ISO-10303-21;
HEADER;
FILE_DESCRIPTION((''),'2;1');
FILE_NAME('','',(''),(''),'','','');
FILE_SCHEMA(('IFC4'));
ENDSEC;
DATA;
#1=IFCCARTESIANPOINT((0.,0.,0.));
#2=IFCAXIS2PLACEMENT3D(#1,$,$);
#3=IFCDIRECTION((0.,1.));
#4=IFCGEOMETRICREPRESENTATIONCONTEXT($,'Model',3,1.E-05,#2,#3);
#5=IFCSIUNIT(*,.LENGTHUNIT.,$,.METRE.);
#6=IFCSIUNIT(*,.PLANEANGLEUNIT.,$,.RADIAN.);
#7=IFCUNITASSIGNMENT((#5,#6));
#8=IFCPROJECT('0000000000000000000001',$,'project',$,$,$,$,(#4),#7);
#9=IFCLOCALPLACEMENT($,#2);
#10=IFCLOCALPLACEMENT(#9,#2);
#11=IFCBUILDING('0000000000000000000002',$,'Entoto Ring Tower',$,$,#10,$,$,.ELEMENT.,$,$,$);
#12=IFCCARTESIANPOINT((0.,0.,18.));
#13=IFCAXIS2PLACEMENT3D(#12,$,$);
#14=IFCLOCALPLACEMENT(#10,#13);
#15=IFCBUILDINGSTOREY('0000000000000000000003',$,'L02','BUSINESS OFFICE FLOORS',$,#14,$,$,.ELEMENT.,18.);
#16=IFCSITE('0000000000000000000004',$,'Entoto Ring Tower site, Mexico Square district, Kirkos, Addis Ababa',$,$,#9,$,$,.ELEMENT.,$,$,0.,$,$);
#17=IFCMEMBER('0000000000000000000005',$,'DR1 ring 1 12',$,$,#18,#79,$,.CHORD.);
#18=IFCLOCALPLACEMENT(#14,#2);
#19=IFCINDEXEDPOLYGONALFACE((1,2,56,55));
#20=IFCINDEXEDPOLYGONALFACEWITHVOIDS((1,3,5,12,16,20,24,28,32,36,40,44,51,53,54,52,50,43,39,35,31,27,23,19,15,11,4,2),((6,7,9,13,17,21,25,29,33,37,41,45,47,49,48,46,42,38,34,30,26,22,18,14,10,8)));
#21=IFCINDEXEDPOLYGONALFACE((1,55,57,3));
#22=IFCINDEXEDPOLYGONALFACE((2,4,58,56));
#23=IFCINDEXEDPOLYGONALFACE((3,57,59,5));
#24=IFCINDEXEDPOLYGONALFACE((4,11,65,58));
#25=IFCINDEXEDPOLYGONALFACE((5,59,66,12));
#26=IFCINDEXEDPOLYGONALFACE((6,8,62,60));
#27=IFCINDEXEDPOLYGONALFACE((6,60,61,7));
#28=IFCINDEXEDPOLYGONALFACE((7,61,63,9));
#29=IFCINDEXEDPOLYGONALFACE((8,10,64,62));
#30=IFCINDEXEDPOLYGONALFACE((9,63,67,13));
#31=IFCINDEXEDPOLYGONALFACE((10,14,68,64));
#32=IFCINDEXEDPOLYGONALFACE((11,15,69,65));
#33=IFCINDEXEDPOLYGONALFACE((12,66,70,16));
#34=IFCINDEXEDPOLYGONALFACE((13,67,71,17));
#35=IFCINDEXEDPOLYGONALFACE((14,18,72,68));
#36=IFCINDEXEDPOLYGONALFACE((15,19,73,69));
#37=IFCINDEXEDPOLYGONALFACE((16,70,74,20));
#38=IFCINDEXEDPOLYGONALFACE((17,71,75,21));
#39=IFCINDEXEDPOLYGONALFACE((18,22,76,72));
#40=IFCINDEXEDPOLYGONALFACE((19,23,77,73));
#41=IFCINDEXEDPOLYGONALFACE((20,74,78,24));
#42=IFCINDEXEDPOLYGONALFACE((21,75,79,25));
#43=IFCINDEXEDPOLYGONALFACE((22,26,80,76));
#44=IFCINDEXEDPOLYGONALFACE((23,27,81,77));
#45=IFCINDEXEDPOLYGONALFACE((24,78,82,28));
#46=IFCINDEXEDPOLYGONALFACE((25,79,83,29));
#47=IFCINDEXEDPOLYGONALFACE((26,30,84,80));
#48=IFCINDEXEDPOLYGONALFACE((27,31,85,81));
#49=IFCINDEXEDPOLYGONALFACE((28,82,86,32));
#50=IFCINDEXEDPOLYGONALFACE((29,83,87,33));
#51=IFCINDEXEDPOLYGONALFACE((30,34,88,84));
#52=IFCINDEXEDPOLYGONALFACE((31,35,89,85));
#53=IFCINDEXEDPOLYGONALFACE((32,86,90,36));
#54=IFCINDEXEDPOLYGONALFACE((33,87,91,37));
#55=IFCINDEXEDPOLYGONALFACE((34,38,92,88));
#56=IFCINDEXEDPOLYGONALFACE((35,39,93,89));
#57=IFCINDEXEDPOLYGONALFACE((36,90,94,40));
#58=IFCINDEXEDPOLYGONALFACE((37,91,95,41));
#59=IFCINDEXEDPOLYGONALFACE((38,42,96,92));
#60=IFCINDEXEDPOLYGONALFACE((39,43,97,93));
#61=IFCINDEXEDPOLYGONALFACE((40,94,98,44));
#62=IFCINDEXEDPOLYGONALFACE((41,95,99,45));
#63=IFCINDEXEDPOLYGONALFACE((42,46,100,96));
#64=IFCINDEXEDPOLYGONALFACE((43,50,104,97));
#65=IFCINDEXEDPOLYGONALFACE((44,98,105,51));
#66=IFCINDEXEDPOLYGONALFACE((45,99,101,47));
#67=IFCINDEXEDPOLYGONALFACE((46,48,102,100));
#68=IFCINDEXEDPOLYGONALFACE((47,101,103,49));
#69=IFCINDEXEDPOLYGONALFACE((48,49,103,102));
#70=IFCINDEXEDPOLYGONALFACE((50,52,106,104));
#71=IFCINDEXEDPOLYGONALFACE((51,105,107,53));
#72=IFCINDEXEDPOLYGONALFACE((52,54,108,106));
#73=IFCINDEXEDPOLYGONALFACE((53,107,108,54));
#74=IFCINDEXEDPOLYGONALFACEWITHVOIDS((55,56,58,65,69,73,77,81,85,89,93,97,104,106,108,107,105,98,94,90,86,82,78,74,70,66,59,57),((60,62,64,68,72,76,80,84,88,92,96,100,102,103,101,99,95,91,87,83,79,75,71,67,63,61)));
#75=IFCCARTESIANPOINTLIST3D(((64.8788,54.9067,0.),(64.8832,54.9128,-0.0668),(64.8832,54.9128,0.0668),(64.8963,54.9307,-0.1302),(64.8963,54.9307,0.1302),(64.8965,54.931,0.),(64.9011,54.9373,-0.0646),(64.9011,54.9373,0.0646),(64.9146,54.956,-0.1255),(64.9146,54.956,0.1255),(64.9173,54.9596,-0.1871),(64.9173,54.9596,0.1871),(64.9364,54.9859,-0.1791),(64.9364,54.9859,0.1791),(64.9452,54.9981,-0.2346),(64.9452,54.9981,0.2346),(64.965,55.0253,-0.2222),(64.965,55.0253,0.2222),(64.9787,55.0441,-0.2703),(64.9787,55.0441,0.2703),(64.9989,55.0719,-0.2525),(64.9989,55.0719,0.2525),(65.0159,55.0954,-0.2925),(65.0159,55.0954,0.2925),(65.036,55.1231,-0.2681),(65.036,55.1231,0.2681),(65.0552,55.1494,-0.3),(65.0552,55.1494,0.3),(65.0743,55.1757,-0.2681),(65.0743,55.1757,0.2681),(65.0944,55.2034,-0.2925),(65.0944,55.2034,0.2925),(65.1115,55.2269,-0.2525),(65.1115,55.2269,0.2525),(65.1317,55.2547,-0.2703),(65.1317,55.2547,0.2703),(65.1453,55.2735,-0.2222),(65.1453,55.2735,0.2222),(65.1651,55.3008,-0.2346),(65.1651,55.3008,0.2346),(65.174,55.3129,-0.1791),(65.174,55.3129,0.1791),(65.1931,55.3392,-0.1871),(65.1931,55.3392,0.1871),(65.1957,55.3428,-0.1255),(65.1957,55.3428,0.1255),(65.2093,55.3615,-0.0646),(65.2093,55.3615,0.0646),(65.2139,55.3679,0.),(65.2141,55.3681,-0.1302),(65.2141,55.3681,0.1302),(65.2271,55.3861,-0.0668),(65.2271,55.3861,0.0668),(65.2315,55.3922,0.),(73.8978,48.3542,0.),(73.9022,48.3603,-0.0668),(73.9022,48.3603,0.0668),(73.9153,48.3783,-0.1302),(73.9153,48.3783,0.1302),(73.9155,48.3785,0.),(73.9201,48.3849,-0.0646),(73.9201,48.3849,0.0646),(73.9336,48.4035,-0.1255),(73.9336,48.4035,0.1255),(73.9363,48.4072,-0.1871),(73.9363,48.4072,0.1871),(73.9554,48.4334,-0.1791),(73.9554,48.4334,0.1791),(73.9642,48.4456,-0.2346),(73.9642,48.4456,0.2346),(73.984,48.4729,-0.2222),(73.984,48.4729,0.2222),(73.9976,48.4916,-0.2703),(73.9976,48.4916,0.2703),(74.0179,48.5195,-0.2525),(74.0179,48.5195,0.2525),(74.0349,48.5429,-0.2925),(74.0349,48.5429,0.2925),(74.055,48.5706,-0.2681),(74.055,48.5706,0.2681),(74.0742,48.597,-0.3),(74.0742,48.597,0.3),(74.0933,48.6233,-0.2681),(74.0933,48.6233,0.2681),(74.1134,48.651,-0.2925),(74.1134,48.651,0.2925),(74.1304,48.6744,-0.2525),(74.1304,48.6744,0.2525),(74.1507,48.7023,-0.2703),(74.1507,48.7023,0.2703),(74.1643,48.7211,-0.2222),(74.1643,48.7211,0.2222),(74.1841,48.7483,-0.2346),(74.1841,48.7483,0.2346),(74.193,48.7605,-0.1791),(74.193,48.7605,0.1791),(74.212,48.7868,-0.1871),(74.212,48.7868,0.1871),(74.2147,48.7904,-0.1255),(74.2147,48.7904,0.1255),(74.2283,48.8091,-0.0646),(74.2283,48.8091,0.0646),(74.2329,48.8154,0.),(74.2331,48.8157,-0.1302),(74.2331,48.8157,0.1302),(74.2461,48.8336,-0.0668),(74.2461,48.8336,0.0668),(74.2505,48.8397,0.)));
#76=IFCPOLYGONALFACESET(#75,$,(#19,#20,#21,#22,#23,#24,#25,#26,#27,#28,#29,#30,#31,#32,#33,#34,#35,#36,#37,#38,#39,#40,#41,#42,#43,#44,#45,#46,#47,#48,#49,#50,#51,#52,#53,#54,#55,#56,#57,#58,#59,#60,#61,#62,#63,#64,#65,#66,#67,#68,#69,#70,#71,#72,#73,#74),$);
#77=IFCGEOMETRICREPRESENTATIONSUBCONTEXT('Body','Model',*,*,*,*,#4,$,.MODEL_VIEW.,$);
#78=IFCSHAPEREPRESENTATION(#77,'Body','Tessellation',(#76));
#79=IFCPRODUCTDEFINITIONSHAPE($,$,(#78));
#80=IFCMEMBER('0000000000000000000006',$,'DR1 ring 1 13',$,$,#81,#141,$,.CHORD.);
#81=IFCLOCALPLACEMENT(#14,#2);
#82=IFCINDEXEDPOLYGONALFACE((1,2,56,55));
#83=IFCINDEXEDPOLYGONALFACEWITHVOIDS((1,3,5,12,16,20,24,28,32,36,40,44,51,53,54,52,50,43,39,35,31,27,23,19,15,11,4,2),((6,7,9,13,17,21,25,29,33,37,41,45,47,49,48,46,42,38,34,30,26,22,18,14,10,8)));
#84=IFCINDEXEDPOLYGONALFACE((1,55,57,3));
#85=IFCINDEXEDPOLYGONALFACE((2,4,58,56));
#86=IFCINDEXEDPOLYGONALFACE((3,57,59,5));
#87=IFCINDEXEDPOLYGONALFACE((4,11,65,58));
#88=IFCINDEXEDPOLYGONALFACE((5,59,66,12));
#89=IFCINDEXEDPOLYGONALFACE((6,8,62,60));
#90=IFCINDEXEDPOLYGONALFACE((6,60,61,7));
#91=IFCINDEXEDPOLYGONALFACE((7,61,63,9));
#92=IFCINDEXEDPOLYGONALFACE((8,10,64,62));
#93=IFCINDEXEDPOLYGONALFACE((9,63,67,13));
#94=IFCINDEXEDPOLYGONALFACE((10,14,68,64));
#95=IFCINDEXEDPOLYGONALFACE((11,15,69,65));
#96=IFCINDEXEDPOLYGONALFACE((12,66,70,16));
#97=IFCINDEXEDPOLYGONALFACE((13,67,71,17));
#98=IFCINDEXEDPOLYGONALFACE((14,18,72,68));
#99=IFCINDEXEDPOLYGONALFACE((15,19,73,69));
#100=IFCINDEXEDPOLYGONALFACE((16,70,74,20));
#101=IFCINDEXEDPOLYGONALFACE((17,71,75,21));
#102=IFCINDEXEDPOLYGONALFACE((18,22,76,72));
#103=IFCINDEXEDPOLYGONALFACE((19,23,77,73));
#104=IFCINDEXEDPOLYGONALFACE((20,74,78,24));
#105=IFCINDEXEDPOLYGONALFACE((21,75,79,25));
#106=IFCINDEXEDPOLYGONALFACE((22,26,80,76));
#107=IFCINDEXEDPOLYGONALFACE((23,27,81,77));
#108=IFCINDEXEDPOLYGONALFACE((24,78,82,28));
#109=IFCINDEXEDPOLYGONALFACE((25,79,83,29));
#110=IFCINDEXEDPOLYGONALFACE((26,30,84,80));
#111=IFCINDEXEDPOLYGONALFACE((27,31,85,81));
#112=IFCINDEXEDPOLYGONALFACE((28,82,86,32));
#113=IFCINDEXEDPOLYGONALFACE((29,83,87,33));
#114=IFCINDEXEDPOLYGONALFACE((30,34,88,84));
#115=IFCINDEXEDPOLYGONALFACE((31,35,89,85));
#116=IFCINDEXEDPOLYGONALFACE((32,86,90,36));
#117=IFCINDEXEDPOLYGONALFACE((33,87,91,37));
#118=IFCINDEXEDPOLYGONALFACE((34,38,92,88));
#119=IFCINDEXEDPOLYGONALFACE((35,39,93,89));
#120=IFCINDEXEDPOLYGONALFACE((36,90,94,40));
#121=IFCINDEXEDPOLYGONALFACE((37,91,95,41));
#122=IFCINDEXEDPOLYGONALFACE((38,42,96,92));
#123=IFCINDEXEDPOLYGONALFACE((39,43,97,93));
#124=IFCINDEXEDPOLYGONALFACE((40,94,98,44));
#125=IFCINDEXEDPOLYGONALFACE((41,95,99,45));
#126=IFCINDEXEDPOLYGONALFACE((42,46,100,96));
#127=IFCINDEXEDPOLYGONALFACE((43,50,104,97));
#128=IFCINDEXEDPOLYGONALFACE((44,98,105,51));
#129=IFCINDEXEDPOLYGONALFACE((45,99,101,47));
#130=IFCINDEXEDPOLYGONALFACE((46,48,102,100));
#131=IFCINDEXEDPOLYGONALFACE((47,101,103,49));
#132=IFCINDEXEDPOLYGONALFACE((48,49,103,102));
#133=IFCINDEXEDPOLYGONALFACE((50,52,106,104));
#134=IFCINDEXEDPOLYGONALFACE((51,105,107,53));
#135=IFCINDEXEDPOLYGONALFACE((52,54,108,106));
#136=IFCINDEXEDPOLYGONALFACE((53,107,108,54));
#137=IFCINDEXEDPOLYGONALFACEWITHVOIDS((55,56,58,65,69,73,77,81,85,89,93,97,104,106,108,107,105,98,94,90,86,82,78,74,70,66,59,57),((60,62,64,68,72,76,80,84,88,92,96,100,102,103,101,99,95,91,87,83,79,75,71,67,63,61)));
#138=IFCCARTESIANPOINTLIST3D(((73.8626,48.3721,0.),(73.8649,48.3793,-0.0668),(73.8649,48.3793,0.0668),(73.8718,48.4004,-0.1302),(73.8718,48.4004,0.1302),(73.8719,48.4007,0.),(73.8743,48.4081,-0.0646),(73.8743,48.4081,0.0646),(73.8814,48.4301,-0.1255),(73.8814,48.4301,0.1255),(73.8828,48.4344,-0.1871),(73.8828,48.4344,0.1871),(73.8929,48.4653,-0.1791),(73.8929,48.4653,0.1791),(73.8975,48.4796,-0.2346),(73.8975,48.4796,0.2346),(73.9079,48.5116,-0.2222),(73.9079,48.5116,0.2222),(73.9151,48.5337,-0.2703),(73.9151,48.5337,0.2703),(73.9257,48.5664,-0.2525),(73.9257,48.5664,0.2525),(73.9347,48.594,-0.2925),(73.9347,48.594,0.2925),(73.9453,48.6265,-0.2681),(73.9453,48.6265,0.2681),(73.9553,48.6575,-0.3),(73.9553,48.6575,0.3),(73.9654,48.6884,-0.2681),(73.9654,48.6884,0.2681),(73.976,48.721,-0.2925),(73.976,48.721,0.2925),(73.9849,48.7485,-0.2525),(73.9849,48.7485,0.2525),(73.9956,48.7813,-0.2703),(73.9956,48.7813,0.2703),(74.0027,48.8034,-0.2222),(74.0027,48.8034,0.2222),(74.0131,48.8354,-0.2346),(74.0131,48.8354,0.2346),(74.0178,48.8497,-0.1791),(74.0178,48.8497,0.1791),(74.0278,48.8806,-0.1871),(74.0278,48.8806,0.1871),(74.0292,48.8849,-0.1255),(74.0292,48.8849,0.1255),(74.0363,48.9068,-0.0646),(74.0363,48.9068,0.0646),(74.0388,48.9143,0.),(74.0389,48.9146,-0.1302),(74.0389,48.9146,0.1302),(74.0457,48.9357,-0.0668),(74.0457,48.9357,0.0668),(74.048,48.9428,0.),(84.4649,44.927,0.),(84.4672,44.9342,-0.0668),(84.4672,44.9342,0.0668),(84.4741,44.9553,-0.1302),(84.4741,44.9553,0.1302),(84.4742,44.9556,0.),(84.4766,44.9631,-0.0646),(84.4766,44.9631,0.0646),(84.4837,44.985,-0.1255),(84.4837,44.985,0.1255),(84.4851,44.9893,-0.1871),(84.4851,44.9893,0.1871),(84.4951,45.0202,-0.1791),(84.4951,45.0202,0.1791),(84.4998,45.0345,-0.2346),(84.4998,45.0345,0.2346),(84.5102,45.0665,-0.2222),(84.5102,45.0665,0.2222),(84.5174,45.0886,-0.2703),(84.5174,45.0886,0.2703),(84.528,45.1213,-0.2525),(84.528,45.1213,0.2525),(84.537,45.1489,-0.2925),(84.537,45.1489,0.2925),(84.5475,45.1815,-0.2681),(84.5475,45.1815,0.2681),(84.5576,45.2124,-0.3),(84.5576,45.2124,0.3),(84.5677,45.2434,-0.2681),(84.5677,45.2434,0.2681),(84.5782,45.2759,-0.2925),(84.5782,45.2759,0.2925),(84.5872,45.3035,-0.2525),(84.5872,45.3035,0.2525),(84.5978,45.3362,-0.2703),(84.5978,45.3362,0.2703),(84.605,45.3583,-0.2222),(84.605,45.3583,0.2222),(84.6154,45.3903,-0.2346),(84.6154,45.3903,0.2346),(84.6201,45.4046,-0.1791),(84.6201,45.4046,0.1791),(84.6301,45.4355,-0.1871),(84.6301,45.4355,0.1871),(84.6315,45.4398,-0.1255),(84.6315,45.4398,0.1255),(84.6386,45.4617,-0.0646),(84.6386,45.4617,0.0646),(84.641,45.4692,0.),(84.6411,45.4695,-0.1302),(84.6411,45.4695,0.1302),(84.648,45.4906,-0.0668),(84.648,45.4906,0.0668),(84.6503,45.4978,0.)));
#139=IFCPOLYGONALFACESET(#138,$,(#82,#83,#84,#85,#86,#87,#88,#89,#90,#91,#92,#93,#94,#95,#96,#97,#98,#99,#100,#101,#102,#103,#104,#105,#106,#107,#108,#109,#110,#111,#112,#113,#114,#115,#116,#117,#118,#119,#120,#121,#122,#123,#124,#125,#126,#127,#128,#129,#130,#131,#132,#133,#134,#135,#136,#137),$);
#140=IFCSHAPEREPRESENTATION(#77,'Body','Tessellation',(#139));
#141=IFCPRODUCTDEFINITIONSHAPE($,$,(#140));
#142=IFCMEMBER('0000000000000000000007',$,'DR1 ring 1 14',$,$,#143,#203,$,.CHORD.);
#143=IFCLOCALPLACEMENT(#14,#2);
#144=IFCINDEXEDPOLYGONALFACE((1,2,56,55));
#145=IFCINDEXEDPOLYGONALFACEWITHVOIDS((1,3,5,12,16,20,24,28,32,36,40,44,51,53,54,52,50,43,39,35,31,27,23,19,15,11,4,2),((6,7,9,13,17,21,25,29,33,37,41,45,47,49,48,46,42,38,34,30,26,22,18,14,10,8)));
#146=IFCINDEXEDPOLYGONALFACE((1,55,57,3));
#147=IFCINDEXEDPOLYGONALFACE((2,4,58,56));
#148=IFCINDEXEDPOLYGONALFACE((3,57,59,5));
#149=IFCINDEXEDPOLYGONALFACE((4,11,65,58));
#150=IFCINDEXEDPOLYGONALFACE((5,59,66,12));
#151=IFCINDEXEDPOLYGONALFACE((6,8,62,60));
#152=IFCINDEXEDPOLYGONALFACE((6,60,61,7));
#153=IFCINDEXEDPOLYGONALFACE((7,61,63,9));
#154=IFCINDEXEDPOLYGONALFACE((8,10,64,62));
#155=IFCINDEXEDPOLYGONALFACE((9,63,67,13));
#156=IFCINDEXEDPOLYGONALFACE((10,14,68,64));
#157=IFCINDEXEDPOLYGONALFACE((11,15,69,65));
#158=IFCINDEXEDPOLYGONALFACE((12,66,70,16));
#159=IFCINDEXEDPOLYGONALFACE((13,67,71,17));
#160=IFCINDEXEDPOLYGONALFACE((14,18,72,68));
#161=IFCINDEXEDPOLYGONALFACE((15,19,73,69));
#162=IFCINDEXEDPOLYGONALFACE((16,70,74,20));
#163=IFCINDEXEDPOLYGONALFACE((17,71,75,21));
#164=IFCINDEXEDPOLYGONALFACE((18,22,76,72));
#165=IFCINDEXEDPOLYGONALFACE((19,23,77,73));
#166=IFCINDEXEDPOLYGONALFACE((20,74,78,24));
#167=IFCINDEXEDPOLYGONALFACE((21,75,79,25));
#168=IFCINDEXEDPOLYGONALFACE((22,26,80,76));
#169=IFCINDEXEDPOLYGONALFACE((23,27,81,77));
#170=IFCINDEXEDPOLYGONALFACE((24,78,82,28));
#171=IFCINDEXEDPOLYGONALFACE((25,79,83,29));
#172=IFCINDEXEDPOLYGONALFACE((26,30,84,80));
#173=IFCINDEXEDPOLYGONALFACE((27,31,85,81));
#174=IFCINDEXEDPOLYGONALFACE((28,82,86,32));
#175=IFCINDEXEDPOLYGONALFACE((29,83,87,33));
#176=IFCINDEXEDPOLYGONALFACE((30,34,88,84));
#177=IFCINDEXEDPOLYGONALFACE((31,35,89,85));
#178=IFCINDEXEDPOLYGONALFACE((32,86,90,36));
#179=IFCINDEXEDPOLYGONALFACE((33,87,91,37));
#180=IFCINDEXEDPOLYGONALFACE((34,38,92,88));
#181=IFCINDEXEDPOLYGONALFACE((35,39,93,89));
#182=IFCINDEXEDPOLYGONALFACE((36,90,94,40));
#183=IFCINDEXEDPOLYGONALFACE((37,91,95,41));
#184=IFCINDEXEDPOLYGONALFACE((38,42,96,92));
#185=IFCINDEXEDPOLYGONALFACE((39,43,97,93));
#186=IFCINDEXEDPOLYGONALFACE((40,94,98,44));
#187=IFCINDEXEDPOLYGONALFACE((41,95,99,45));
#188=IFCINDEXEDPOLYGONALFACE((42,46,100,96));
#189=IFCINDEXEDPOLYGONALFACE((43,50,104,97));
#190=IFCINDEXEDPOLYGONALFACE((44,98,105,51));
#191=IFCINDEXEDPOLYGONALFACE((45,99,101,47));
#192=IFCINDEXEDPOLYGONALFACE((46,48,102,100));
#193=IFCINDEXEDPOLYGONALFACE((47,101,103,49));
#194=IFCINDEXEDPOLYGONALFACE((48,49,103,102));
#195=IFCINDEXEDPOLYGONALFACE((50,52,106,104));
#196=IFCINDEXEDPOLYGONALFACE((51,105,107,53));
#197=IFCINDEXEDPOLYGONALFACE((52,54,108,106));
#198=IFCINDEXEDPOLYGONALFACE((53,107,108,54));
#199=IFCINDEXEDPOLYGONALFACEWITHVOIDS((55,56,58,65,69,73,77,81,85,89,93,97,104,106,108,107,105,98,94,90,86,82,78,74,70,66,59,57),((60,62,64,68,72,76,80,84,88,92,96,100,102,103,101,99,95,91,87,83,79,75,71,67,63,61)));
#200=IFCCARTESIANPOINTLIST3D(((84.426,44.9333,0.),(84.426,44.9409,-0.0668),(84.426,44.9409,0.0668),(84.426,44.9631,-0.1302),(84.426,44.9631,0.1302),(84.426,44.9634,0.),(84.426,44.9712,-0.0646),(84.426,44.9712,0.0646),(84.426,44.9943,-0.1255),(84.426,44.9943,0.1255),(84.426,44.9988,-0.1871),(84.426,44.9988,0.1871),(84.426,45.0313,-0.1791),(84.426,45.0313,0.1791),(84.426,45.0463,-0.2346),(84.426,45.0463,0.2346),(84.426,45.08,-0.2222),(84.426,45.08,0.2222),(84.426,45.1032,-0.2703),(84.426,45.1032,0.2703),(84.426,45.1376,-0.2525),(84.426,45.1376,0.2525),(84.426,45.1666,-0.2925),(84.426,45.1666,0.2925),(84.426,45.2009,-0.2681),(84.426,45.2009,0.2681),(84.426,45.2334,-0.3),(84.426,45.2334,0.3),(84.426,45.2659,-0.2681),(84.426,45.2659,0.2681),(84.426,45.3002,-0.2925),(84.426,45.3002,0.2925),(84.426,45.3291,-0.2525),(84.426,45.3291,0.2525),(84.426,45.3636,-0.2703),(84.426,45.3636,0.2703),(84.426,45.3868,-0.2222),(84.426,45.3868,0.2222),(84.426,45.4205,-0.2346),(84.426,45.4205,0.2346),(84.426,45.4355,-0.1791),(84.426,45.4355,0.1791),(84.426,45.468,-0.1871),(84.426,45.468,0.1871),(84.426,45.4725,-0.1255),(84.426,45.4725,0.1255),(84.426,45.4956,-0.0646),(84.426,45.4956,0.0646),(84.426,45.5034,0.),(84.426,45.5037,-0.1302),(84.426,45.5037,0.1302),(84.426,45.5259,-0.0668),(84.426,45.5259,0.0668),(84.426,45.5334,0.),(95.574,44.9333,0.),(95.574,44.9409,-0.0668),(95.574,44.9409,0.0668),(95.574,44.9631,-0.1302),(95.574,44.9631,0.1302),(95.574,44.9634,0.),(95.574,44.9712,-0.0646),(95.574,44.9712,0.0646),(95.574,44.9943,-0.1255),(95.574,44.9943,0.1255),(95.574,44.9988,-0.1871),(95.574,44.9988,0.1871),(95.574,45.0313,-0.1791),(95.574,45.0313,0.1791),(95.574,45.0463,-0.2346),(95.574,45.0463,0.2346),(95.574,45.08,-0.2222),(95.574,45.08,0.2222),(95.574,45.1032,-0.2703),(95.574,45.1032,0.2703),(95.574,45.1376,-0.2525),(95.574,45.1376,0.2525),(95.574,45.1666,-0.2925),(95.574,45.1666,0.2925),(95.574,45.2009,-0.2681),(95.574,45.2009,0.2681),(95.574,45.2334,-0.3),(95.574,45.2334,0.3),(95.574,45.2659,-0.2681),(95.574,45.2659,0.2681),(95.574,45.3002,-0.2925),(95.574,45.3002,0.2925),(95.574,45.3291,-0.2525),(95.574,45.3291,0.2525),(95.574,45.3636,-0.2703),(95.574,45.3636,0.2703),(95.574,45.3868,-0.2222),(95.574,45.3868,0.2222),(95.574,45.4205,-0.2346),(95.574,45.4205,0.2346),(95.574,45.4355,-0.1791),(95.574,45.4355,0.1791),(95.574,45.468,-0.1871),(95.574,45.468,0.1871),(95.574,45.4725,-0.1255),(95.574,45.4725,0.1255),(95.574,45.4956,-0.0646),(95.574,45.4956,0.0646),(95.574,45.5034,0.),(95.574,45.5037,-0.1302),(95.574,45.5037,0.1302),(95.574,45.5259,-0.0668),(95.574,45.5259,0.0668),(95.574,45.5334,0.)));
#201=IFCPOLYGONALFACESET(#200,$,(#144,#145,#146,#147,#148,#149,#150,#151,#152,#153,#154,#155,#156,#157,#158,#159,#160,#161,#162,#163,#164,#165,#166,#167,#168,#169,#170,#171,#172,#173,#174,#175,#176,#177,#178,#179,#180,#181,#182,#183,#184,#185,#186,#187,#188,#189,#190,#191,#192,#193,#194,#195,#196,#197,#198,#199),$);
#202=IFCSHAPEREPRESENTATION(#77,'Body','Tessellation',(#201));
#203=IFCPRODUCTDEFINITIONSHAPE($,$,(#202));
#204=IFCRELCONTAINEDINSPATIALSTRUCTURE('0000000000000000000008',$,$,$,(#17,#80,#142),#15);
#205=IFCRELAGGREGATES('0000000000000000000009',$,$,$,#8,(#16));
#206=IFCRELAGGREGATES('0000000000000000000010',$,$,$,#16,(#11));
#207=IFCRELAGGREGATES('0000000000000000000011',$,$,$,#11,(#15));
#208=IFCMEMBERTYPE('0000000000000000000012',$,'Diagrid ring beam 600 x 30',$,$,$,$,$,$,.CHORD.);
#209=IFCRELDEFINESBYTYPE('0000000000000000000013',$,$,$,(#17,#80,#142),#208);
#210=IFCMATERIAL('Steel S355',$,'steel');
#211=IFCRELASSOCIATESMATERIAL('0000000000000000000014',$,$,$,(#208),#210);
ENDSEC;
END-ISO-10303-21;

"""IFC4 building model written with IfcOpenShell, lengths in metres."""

from ifc_helpers import new_model, si_unit, direction, frame, origin, origin_2d, place, context, subcontext, project, spatial, circle, hollow_circle, extrude, material, material_profile, profile_set, type_object, element, save


model = new_model("IFC4")

# Units and contexts
model_context = context("Model", 3, precision=1e-05, world=origin(), true_north=direction((0.0, 1.0)))
body_context = subcontext(model_context, "Body", "Model", "MODEL_VIEW")
ifc_project = project(units=[si_unit("LENGTHUNIT", "METRE"), si_unit("PLANEANGLEUNIT", "RADIAN")], contexts=[model_context])

# Site, building, storey
site_placement = place(None, origin())
site = spatial("IfcSite", under=ifc_project, at=site_placement, Name="Entoto Ring Tower site, Mexico Square district, Kirkos, Addis Ababa", CompositionType="ELEMENT", RefElevation=0.0)
building_placement = place(site_placement, origin())
building = spatial("IfcBuilding", under=site, at=building_placement, Name="Entoto Ring Tower", CompositionType="ELEMENT")
storey_placement = place(building_placement, frame((0.0, 0.0, 18.0)))
storey = spatial("IfcBuildingStorey", under=building, at=storey_placement, Name="L02", Description="BUSINESS OFFICE FLOORS", CompositionType="ELEMENT", Elevation=18.0)

# Members
ifc_material_1 = material(Name="Steel S355", Category="steel")
ifc_material_profile_1 = material_profile(ifc_material_1, hollow_circle(Radius=0.3, WallThickness=0.03, at=origin_2d()), Name="CHS 600 x 30")
ifc_material_2 = material(Name="Concrete C60/75", Category="concrete")
ifc_material_profile_2 = material_profile(ifc_material_2, circle(Radius=0.27, at=origin_2d()), Name="Concrete C60/75 infill")
ifc_profile_set_1 = profile_set([ifc_material_profile_1, ifc_material_profile_2], Name="Steel S355")
member_type_1 = type_object("IfcMemberType", Name="Diagrid ring beam 600 x 30", PredefinedType="CHORD", material=ifc_profile_set_1)
for number, where, z_axis, x_axis, name in (
    (1, (65.0552, 55.1494, 0.0), (0.809027, -0.587772, 0.0), (0.587772, 0.809027, 0.0), "DR1 ring 1 12"),
    (2, (73.9553, 48.6575, 0.0), (0.951052, -0.309031, 0.0), (0.309031, 0.951052, 0.0), "DR1 ring 1 13"),
    (3, (84.426, 45.2334, 0.0), (1.0, 0.0, 0.0), (0.0, 1.0, 0.0), "DR1 ring 1 14"),
):
    element("IfcMember", number, at=place(storey_placement, frame(where, z_axis=z_axis, x_axis=x_axis)), inside=storey, type_object=member_type_1, Name=name, PredefinedType="CHORD", context=body_context, shape_type="SweptSolid", body=[
        extrude(hollow_circle(Radius=0.3, WallThickness=0.03, at=origin_2d()), origin(), (0.0, 0.0, 1.0), 11.1479),
    ])

save(model, "model.ifc")
